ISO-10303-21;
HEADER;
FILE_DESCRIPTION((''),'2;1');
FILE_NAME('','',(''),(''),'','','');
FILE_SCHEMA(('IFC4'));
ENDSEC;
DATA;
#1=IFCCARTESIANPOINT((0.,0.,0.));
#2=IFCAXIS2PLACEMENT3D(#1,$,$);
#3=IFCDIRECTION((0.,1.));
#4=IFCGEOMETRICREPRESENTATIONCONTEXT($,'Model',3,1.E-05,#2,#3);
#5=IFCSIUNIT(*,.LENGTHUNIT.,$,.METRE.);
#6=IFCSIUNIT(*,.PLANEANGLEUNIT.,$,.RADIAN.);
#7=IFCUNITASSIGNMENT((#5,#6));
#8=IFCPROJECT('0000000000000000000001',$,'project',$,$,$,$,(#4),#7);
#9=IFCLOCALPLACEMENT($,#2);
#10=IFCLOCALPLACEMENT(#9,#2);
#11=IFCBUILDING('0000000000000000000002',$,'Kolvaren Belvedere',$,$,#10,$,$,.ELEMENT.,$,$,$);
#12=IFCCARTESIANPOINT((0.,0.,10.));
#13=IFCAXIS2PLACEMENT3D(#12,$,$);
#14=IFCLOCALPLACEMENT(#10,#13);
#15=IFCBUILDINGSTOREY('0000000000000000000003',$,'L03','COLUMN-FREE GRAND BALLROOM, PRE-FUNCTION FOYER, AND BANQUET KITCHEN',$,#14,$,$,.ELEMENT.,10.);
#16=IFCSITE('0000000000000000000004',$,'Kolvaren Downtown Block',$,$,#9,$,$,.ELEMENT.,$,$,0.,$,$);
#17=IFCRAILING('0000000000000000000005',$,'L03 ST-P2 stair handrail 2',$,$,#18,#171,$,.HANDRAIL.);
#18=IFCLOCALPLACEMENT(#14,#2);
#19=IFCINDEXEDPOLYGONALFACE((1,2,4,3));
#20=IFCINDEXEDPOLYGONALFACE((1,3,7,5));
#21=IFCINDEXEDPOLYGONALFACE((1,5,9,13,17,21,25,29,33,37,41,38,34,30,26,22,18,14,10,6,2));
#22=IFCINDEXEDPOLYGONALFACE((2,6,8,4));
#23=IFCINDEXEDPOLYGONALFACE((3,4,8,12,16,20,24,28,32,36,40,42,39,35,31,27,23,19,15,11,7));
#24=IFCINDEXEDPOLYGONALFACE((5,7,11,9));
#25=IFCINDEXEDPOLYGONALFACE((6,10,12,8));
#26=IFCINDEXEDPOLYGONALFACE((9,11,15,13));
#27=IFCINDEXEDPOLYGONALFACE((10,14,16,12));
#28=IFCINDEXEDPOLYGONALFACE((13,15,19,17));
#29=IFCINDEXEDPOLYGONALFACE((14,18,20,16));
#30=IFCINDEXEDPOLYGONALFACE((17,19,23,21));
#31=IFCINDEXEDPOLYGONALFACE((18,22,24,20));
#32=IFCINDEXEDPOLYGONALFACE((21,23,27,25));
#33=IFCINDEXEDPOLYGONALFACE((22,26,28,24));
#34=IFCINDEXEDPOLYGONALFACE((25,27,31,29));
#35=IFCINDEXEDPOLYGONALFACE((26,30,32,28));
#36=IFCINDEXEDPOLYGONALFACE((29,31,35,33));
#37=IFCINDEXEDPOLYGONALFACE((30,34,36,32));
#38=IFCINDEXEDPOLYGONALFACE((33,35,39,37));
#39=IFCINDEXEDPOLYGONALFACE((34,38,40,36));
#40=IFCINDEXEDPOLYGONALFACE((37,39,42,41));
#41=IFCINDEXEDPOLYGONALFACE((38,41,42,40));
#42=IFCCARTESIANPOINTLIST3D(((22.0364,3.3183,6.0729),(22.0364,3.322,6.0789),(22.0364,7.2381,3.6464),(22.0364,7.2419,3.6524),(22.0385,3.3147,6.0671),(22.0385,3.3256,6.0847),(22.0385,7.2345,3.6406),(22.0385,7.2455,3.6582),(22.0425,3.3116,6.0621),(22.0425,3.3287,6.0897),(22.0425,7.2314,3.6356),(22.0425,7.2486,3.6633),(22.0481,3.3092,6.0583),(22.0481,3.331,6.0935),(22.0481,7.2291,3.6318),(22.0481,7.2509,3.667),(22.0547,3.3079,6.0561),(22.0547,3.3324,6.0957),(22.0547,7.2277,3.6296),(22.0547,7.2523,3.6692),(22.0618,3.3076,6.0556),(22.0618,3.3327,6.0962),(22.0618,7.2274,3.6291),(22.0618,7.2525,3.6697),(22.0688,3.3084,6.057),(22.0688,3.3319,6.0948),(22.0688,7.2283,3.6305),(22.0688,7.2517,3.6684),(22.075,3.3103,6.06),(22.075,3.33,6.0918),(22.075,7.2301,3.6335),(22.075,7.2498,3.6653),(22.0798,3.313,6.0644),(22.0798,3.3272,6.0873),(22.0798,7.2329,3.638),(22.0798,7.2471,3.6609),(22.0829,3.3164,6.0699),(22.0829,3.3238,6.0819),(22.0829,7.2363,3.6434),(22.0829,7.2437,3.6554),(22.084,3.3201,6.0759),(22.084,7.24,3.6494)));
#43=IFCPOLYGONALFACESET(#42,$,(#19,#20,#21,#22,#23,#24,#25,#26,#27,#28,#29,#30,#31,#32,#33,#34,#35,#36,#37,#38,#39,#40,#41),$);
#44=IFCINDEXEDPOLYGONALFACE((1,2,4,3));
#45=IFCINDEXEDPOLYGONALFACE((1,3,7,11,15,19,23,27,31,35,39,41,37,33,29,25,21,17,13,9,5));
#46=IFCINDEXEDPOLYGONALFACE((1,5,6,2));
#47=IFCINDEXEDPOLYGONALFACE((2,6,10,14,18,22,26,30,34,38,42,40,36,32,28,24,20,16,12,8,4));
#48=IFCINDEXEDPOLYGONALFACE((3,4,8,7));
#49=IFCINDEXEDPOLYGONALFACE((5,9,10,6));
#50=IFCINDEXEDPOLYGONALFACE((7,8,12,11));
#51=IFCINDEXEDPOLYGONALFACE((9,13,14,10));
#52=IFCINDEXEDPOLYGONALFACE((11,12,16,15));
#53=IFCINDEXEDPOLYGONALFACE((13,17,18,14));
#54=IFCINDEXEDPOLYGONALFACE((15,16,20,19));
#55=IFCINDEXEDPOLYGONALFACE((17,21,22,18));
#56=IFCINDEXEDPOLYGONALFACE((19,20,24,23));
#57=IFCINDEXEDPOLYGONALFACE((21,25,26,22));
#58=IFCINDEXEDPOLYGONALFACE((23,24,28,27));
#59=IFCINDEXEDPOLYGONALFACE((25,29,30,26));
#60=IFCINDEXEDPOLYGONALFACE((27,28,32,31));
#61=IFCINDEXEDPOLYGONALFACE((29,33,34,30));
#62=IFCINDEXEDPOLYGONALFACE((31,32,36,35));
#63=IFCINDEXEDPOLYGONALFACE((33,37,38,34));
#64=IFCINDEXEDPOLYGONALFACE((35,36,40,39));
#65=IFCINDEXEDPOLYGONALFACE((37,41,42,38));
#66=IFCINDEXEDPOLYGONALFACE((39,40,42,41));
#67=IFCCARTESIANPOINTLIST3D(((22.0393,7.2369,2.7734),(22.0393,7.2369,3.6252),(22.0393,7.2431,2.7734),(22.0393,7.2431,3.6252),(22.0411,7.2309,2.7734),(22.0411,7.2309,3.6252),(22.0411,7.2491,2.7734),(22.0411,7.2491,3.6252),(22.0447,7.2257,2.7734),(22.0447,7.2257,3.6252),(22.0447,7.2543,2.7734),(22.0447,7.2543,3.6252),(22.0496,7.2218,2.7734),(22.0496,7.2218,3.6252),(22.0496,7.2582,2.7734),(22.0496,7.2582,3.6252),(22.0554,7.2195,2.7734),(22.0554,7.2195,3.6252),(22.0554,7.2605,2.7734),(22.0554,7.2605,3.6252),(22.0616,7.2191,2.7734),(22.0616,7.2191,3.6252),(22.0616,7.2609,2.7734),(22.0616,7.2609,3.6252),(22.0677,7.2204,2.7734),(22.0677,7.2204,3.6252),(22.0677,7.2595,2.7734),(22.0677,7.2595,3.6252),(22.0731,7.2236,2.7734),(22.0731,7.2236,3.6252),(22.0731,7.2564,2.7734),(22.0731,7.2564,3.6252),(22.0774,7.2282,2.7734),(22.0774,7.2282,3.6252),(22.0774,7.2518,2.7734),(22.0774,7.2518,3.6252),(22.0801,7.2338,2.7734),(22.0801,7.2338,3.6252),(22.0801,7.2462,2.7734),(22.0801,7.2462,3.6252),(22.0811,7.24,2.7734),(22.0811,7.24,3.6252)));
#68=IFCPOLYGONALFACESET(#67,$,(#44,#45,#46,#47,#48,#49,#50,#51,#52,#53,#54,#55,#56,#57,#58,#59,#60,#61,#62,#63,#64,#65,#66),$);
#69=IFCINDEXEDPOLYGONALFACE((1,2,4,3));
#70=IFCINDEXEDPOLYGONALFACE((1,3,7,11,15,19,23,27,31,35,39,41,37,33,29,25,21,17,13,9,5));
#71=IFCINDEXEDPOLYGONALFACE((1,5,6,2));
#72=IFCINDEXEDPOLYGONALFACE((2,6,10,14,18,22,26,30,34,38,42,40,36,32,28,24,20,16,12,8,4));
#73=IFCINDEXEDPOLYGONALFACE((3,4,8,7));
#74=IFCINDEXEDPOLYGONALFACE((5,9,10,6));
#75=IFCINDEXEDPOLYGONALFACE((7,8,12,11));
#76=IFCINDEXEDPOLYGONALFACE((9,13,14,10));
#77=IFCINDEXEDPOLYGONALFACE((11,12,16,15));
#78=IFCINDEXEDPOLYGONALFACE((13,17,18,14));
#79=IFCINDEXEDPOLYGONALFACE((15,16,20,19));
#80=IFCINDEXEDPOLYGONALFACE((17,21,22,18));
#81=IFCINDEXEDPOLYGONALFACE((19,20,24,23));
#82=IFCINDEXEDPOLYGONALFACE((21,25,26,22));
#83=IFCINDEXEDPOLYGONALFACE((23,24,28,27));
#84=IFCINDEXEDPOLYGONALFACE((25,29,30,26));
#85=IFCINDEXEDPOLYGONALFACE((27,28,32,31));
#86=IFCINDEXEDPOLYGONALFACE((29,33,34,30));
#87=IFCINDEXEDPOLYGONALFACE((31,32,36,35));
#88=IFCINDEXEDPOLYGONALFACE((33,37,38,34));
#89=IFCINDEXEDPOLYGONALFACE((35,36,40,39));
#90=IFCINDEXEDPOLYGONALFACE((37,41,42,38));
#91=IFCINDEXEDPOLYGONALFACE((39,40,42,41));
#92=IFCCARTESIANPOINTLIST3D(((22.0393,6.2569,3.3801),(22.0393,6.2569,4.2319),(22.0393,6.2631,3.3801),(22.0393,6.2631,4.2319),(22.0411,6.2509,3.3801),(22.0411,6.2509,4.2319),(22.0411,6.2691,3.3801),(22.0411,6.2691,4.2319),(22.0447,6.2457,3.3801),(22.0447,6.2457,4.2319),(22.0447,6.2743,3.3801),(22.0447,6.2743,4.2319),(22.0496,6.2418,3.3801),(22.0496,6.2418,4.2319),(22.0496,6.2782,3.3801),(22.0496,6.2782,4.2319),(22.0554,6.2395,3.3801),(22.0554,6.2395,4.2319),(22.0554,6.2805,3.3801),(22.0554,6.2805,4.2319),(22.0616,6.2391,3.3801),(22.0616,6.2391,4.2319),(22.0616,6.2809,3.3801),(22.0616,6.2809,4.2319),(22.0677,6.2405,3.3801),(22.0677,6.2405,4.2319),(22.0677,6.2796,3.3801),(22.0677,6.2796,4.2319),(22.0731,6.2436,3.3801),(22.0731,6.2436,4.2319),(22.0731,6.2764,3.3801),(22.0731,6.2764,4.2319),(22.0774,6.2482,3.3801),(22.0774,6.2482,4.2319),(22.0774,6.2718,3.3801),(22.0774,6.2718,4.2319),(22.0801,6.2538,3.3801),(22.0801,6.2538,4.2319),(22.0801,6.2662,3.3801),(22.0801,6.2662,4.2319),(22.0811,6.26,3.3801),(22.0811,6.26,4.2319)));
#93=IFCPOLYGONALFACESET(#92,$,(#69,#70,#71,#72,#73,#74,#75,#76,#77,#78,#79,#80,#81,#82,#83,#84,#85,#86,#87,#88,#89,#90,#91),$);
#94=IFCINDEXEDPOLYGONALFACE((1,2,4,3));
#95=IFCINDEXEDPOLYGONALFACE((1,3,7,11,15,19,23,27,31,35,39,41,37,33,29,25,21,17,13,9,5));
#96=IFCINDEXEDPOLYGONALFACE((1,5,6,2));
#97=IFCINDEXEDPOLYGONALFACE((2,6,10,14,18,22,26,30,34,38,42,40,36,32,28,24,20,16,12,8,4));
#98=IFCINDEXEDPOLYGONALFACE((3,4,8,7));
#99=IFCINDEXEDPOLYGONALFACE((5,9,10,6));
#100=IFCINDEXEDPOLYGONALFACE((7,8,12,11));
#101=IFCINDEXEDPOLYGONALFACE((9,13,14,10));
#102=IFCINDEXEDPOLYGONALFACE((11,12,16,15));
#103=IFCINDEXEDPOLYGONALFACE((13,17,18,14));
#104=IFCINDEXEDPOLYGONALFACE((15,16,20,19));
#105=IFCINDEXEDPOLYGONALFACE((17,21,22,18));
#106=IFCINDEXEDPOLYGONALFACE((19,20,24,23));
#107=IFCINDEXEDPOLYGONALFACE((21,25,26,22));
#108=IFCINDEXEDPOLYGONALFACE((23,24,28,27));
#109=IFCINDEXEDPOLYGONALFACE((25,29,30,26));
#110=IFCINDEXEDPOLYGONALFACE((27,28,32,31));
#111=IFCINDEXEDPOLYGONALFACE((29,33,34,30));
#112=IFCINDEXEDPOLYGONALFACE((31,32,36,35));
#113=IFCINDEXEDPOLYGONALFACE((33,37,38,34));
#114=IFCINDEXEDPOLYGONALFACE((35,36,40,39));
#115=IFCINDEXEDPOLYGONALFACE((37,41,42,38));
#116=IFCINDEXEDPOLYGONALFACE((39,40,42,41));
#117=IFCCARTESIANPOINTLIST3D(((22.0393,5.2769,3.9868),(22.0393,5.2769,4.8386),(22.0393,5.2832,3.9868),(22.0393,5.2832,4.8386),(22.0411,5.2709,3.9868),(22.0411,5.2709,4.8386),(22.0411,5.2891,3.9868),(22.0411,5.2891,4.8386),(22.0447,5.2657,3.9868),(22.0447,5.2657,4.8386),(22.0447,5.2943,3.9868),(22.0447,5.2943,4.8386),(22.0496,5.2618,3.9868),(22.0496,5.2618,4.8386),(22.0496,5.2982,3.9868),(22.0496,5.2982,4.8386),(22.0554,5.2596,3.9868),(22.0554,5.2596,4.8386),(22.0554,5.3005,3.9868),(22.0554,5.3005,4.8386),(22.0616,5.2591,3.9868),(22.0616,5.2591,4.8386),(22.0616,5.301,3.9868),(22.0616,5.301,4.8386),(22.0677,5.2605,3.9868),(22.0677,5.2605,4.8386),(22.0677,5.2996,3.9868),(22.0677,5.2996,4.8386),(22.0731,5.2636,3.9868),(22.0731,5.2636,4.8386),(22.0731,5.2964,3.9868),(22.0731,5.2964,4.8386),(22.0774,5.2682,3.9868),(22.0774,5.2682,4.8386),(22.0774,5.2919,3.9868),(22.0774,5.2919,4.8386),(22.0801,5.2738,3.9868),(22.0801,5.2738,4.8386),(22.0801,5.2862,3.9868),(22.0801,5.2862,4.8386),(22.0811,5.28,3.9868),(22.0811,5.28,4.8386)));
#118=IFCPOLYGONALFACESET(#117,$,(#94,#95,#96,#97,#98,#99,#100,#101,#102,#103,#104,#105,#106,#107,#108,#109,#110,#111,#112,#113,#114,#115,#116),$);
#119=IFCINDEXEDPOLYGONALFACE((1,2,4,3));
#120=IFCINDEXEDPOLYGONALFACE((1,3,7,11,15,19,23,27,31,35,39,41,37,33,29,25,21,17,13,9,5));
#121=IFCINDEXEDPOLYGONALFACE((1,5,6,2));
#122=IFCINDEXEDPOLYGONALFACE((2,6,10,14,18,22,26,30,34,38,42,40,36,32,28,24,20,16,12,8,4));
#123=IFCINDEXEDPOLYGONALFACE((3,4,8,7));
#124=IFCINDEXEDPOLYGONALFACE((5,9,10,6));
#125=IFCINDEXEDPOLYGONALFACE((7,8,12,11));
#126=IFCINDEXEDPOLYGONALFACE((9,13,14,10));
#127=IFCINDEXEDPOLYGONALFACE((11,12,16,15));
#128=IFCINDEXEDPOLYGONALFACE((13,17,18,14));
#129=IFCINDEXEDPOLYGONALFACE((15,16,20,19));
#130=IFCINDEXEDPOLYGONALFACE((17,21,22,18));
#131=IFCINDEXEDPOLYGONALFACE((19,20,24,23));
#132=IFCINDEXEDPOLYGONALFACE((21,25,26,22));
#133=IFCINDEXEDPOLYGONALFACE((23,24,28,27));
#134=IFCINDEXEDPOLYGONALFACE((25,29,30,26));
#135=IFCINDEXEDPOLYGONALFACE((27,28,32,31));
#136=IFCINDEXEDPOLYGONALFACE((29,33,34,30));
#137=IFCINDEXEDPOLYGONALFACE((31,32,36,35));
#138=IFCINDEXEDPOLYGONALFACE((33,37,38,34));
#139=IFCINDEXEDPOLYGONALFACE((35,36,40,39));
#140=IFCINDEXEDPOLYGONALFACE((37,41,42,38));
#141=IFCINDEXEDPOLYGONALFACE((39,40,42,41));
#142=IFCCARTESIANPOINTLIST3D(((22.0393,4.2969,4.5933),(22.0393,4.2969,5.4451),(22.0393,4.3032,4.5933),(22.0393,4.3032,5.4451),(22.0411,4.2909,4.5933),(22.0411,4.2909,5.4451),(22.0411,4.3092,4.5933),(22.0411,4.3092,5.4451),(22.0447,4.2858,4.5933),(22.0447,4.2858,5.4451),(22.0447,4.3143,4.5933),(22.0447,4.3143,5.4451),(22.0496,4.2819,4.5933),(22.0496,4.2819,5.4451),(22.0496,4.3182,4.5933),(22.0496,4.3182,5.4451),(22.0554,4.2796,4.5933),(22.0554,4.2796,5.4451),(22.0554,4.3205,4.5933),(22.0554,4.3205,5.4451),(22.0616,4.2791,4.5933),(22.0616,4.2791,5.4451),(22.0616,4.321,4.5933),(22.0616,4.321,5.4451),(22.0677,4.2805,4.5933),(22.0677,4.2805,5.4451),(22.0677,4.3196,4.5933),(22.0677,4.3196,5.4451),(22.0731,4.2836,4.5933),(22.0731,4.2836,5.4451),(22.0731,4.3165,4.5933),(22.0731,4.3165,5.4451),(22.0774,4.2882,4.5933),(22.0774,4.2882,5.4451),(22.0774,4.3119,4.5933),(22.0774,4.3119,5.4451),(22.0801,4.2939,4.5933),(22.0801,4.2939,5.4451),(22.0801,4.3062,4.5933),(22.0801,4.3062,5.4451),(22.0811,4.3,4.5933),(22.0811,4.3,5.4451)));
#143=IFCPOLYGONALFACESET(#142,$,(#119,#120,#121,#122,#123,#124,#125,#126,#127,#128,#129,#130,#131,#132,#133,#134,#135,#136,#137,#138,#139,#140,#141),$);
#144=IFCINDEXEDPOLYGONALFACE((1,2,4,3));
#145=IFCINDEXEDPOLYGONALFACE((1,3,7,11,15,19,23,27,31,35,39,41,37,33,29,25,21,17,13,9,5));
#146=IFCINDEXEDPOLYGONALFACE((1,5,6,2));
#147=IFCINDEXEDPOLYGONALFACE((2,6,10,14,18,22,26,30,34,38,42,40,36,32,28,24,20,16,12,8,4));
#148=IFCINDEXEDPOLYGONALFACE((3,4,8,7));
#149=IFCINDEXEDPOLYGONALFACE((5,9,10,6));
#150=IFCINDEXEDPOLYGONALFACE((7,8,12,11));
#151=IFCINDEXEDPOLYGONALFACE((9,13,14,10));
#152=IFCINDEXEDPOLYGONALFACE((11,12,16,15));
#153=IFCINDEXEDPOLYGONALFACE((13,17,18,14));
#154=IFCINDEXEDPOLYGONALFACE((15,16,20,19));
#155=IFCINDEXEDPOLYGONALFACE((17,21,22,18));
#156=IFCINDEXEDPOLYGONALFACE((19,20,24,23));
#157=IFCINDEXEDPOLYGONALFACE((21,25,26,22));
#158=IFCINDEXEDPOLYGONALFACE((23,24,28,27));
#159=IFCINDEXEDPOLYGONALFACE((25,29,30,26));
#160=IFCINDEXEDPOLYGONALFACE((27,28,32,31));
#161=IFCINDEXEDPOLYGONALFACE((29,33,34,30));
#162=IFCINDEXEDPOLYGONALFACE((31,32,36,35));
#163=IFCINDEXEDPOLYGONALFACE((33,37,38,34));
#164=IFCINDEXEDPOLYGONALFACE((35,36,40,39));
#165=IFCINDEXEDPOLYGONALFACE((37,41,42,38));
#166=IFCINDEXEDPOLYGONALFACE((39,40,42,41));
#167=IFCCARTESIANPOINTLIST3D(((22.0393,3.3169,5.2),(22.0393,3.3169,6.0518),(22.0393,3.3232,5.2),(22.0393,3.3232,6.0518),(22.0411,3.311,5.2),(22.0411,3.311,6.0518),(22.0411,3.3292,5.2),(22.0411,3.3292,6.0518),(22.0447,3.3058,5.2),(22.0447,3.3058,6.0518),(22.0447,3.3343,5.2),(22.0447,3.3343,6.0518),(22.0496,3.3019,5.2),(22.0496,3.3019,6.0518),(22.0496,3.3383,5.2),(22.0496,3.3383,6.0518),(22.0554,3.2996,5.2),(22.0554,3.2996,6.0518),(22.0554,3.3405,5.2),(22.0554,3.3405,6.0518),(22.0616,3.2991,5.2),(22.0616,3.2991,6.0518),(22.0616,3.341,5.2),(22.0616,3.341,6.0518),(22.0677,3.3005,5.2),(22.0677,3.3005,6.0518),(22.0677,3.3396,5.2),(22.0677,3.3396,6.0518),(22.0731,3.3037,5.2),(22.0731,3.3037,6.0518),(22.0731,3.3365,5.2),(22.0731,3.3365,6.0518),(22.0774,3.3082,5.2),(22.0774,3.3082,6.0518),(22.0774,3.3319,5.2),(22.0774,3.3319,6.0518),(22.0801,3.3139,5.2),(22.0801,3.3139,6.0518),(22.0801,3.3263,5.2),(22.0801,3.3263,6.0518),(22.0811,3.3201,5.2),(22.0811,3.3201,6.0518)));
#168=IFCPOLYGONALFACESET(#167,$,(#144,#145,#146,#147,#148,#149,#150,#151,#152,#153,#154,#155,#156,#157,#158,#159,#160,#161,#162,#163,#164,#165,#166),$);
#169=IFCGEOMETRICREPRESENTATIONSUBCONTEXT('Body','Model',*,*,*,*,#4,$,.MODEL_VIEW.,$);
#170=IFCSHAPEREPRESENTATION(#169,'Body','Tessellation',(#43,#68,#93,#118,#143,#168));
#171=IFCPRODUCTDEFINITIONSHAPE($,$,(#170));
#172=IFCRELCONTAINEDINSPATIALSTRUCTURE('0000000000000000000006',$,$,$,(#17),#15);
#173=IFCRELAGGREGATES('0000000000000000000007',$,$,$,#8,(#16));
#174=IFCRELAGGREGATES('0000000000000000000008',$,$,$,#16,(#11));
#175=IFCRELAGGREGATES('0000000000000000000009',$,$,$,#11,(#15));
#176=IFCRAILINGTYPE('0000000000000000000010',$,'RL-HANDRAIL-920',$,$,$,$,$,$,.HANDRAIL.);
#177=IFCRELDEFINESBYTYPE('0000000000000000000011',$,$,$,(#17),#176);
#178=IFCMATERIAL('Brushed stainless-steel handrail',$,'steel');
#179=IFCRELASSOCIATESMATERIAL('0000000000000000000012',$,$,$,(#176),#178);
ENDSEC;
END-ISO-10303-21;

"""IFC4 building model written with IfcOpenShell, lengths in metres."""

from ifc_helpers import new_model, si_unit, direction, frame, origin, origin_2d, place, context, subcontext, project, spatial, circle, extrude, material, type_object, element, save


model = new_model("IFC4")

# Units and contexts
model_context = context("Model", 3, precision=1e-05, world=origin(), true_north=direction((0.0, 1.0)))
body_context = subcontext(model_context, "Body", "Model", "MODEL_VIEW")
ifc_project = project(units=[si_unit("LENGTHUNIT", "METRE"), si_unit("PLANEANGLEUNIT", "RADIAN")], contexts=[model_context])

# Site, building, storey
site_placement = place(None, origin())
site = spatial("IfcSite", under=ifc_project, at=site_placement, Name="Kolvaren Downtown Block", CompositionType="ELEMENT", RefElevation=0.0)
building_placement = place(site_placement, origin())
building = spatial("IfcBuilding", under=site, at=building_placement, Name="Kolvaren Belvedere", CompositionType="ELEMENT")
storey_placement = place(building_placement, frame((0.0, 0.0, 10.0)))
storey = spatial("IfcBuildingStorey", under=building, at=storey_placement, Name="L03", Description="COLUMN-FREE GRAND BALLROOM, PRE-FUNCTION FOYER, AND BANQUET KITCHEN", CompositionType="ELEMENT", Elevation=10.0)

# Railing
ifc_material_1 = material(Name="Brushed stainless-steel handrail", Category="steel")
railing_type_1 = type_object("IfcRailingType", Name="RL-HANDRAIL-920", PredefinedType="HANDRAIL", material=ifc_material_1)
railing_1_placement = place(storey_placement, frame((22.0601, 7.24, 2.7734)))
element("IfcRailing", 1, at=railing_1_placement, inside=storey, type_object=railing_type_1, Name="L03 ST-P2 stair handrail 2", PredefinedType="HANDRAIL", context=body_context, shape_type="SweptSolid", body=[
    extrude(circle(Radius=0.0239, at=origin_2d()), frame((0.0, 0.0, 0.876), z_axis=(0.0, -0.850275, 0.526338), x_axis=(1.0, 0.0, 0.0)), (0.0, 0.0, 1.0), 4.6101),
    extrude(circle(Radius=0.021, at=origin_2d()), origin(), (0.0, 0.0, 1.0), 0.8518),
    extrude(circle(Radius=0.021, at=origin_2d()), frame((0.0, -0.98, 0.6067)), (0.0, 0.0, 1.0), 0.8518),
    extrude(circle(Radius=0.021, at=origin_2d()), frame((0.0, -1.96, 1.2134)), (0.0, 0.0, 1.0), 0.8518),
    extrude(circle(Radius=0.021, at=origin_2d()), frame((0.0, -2.9399, 1.8198)), (0.0, 0.0, 1.0), 0.8518),
    extrude(circle(Radius=0.021, at=origin_2d()), frame((0.0, -3.9199, 2.4265)), (0.0, 0.0, 1.0), 0.8518),
])

save(model, "model.ifc")
